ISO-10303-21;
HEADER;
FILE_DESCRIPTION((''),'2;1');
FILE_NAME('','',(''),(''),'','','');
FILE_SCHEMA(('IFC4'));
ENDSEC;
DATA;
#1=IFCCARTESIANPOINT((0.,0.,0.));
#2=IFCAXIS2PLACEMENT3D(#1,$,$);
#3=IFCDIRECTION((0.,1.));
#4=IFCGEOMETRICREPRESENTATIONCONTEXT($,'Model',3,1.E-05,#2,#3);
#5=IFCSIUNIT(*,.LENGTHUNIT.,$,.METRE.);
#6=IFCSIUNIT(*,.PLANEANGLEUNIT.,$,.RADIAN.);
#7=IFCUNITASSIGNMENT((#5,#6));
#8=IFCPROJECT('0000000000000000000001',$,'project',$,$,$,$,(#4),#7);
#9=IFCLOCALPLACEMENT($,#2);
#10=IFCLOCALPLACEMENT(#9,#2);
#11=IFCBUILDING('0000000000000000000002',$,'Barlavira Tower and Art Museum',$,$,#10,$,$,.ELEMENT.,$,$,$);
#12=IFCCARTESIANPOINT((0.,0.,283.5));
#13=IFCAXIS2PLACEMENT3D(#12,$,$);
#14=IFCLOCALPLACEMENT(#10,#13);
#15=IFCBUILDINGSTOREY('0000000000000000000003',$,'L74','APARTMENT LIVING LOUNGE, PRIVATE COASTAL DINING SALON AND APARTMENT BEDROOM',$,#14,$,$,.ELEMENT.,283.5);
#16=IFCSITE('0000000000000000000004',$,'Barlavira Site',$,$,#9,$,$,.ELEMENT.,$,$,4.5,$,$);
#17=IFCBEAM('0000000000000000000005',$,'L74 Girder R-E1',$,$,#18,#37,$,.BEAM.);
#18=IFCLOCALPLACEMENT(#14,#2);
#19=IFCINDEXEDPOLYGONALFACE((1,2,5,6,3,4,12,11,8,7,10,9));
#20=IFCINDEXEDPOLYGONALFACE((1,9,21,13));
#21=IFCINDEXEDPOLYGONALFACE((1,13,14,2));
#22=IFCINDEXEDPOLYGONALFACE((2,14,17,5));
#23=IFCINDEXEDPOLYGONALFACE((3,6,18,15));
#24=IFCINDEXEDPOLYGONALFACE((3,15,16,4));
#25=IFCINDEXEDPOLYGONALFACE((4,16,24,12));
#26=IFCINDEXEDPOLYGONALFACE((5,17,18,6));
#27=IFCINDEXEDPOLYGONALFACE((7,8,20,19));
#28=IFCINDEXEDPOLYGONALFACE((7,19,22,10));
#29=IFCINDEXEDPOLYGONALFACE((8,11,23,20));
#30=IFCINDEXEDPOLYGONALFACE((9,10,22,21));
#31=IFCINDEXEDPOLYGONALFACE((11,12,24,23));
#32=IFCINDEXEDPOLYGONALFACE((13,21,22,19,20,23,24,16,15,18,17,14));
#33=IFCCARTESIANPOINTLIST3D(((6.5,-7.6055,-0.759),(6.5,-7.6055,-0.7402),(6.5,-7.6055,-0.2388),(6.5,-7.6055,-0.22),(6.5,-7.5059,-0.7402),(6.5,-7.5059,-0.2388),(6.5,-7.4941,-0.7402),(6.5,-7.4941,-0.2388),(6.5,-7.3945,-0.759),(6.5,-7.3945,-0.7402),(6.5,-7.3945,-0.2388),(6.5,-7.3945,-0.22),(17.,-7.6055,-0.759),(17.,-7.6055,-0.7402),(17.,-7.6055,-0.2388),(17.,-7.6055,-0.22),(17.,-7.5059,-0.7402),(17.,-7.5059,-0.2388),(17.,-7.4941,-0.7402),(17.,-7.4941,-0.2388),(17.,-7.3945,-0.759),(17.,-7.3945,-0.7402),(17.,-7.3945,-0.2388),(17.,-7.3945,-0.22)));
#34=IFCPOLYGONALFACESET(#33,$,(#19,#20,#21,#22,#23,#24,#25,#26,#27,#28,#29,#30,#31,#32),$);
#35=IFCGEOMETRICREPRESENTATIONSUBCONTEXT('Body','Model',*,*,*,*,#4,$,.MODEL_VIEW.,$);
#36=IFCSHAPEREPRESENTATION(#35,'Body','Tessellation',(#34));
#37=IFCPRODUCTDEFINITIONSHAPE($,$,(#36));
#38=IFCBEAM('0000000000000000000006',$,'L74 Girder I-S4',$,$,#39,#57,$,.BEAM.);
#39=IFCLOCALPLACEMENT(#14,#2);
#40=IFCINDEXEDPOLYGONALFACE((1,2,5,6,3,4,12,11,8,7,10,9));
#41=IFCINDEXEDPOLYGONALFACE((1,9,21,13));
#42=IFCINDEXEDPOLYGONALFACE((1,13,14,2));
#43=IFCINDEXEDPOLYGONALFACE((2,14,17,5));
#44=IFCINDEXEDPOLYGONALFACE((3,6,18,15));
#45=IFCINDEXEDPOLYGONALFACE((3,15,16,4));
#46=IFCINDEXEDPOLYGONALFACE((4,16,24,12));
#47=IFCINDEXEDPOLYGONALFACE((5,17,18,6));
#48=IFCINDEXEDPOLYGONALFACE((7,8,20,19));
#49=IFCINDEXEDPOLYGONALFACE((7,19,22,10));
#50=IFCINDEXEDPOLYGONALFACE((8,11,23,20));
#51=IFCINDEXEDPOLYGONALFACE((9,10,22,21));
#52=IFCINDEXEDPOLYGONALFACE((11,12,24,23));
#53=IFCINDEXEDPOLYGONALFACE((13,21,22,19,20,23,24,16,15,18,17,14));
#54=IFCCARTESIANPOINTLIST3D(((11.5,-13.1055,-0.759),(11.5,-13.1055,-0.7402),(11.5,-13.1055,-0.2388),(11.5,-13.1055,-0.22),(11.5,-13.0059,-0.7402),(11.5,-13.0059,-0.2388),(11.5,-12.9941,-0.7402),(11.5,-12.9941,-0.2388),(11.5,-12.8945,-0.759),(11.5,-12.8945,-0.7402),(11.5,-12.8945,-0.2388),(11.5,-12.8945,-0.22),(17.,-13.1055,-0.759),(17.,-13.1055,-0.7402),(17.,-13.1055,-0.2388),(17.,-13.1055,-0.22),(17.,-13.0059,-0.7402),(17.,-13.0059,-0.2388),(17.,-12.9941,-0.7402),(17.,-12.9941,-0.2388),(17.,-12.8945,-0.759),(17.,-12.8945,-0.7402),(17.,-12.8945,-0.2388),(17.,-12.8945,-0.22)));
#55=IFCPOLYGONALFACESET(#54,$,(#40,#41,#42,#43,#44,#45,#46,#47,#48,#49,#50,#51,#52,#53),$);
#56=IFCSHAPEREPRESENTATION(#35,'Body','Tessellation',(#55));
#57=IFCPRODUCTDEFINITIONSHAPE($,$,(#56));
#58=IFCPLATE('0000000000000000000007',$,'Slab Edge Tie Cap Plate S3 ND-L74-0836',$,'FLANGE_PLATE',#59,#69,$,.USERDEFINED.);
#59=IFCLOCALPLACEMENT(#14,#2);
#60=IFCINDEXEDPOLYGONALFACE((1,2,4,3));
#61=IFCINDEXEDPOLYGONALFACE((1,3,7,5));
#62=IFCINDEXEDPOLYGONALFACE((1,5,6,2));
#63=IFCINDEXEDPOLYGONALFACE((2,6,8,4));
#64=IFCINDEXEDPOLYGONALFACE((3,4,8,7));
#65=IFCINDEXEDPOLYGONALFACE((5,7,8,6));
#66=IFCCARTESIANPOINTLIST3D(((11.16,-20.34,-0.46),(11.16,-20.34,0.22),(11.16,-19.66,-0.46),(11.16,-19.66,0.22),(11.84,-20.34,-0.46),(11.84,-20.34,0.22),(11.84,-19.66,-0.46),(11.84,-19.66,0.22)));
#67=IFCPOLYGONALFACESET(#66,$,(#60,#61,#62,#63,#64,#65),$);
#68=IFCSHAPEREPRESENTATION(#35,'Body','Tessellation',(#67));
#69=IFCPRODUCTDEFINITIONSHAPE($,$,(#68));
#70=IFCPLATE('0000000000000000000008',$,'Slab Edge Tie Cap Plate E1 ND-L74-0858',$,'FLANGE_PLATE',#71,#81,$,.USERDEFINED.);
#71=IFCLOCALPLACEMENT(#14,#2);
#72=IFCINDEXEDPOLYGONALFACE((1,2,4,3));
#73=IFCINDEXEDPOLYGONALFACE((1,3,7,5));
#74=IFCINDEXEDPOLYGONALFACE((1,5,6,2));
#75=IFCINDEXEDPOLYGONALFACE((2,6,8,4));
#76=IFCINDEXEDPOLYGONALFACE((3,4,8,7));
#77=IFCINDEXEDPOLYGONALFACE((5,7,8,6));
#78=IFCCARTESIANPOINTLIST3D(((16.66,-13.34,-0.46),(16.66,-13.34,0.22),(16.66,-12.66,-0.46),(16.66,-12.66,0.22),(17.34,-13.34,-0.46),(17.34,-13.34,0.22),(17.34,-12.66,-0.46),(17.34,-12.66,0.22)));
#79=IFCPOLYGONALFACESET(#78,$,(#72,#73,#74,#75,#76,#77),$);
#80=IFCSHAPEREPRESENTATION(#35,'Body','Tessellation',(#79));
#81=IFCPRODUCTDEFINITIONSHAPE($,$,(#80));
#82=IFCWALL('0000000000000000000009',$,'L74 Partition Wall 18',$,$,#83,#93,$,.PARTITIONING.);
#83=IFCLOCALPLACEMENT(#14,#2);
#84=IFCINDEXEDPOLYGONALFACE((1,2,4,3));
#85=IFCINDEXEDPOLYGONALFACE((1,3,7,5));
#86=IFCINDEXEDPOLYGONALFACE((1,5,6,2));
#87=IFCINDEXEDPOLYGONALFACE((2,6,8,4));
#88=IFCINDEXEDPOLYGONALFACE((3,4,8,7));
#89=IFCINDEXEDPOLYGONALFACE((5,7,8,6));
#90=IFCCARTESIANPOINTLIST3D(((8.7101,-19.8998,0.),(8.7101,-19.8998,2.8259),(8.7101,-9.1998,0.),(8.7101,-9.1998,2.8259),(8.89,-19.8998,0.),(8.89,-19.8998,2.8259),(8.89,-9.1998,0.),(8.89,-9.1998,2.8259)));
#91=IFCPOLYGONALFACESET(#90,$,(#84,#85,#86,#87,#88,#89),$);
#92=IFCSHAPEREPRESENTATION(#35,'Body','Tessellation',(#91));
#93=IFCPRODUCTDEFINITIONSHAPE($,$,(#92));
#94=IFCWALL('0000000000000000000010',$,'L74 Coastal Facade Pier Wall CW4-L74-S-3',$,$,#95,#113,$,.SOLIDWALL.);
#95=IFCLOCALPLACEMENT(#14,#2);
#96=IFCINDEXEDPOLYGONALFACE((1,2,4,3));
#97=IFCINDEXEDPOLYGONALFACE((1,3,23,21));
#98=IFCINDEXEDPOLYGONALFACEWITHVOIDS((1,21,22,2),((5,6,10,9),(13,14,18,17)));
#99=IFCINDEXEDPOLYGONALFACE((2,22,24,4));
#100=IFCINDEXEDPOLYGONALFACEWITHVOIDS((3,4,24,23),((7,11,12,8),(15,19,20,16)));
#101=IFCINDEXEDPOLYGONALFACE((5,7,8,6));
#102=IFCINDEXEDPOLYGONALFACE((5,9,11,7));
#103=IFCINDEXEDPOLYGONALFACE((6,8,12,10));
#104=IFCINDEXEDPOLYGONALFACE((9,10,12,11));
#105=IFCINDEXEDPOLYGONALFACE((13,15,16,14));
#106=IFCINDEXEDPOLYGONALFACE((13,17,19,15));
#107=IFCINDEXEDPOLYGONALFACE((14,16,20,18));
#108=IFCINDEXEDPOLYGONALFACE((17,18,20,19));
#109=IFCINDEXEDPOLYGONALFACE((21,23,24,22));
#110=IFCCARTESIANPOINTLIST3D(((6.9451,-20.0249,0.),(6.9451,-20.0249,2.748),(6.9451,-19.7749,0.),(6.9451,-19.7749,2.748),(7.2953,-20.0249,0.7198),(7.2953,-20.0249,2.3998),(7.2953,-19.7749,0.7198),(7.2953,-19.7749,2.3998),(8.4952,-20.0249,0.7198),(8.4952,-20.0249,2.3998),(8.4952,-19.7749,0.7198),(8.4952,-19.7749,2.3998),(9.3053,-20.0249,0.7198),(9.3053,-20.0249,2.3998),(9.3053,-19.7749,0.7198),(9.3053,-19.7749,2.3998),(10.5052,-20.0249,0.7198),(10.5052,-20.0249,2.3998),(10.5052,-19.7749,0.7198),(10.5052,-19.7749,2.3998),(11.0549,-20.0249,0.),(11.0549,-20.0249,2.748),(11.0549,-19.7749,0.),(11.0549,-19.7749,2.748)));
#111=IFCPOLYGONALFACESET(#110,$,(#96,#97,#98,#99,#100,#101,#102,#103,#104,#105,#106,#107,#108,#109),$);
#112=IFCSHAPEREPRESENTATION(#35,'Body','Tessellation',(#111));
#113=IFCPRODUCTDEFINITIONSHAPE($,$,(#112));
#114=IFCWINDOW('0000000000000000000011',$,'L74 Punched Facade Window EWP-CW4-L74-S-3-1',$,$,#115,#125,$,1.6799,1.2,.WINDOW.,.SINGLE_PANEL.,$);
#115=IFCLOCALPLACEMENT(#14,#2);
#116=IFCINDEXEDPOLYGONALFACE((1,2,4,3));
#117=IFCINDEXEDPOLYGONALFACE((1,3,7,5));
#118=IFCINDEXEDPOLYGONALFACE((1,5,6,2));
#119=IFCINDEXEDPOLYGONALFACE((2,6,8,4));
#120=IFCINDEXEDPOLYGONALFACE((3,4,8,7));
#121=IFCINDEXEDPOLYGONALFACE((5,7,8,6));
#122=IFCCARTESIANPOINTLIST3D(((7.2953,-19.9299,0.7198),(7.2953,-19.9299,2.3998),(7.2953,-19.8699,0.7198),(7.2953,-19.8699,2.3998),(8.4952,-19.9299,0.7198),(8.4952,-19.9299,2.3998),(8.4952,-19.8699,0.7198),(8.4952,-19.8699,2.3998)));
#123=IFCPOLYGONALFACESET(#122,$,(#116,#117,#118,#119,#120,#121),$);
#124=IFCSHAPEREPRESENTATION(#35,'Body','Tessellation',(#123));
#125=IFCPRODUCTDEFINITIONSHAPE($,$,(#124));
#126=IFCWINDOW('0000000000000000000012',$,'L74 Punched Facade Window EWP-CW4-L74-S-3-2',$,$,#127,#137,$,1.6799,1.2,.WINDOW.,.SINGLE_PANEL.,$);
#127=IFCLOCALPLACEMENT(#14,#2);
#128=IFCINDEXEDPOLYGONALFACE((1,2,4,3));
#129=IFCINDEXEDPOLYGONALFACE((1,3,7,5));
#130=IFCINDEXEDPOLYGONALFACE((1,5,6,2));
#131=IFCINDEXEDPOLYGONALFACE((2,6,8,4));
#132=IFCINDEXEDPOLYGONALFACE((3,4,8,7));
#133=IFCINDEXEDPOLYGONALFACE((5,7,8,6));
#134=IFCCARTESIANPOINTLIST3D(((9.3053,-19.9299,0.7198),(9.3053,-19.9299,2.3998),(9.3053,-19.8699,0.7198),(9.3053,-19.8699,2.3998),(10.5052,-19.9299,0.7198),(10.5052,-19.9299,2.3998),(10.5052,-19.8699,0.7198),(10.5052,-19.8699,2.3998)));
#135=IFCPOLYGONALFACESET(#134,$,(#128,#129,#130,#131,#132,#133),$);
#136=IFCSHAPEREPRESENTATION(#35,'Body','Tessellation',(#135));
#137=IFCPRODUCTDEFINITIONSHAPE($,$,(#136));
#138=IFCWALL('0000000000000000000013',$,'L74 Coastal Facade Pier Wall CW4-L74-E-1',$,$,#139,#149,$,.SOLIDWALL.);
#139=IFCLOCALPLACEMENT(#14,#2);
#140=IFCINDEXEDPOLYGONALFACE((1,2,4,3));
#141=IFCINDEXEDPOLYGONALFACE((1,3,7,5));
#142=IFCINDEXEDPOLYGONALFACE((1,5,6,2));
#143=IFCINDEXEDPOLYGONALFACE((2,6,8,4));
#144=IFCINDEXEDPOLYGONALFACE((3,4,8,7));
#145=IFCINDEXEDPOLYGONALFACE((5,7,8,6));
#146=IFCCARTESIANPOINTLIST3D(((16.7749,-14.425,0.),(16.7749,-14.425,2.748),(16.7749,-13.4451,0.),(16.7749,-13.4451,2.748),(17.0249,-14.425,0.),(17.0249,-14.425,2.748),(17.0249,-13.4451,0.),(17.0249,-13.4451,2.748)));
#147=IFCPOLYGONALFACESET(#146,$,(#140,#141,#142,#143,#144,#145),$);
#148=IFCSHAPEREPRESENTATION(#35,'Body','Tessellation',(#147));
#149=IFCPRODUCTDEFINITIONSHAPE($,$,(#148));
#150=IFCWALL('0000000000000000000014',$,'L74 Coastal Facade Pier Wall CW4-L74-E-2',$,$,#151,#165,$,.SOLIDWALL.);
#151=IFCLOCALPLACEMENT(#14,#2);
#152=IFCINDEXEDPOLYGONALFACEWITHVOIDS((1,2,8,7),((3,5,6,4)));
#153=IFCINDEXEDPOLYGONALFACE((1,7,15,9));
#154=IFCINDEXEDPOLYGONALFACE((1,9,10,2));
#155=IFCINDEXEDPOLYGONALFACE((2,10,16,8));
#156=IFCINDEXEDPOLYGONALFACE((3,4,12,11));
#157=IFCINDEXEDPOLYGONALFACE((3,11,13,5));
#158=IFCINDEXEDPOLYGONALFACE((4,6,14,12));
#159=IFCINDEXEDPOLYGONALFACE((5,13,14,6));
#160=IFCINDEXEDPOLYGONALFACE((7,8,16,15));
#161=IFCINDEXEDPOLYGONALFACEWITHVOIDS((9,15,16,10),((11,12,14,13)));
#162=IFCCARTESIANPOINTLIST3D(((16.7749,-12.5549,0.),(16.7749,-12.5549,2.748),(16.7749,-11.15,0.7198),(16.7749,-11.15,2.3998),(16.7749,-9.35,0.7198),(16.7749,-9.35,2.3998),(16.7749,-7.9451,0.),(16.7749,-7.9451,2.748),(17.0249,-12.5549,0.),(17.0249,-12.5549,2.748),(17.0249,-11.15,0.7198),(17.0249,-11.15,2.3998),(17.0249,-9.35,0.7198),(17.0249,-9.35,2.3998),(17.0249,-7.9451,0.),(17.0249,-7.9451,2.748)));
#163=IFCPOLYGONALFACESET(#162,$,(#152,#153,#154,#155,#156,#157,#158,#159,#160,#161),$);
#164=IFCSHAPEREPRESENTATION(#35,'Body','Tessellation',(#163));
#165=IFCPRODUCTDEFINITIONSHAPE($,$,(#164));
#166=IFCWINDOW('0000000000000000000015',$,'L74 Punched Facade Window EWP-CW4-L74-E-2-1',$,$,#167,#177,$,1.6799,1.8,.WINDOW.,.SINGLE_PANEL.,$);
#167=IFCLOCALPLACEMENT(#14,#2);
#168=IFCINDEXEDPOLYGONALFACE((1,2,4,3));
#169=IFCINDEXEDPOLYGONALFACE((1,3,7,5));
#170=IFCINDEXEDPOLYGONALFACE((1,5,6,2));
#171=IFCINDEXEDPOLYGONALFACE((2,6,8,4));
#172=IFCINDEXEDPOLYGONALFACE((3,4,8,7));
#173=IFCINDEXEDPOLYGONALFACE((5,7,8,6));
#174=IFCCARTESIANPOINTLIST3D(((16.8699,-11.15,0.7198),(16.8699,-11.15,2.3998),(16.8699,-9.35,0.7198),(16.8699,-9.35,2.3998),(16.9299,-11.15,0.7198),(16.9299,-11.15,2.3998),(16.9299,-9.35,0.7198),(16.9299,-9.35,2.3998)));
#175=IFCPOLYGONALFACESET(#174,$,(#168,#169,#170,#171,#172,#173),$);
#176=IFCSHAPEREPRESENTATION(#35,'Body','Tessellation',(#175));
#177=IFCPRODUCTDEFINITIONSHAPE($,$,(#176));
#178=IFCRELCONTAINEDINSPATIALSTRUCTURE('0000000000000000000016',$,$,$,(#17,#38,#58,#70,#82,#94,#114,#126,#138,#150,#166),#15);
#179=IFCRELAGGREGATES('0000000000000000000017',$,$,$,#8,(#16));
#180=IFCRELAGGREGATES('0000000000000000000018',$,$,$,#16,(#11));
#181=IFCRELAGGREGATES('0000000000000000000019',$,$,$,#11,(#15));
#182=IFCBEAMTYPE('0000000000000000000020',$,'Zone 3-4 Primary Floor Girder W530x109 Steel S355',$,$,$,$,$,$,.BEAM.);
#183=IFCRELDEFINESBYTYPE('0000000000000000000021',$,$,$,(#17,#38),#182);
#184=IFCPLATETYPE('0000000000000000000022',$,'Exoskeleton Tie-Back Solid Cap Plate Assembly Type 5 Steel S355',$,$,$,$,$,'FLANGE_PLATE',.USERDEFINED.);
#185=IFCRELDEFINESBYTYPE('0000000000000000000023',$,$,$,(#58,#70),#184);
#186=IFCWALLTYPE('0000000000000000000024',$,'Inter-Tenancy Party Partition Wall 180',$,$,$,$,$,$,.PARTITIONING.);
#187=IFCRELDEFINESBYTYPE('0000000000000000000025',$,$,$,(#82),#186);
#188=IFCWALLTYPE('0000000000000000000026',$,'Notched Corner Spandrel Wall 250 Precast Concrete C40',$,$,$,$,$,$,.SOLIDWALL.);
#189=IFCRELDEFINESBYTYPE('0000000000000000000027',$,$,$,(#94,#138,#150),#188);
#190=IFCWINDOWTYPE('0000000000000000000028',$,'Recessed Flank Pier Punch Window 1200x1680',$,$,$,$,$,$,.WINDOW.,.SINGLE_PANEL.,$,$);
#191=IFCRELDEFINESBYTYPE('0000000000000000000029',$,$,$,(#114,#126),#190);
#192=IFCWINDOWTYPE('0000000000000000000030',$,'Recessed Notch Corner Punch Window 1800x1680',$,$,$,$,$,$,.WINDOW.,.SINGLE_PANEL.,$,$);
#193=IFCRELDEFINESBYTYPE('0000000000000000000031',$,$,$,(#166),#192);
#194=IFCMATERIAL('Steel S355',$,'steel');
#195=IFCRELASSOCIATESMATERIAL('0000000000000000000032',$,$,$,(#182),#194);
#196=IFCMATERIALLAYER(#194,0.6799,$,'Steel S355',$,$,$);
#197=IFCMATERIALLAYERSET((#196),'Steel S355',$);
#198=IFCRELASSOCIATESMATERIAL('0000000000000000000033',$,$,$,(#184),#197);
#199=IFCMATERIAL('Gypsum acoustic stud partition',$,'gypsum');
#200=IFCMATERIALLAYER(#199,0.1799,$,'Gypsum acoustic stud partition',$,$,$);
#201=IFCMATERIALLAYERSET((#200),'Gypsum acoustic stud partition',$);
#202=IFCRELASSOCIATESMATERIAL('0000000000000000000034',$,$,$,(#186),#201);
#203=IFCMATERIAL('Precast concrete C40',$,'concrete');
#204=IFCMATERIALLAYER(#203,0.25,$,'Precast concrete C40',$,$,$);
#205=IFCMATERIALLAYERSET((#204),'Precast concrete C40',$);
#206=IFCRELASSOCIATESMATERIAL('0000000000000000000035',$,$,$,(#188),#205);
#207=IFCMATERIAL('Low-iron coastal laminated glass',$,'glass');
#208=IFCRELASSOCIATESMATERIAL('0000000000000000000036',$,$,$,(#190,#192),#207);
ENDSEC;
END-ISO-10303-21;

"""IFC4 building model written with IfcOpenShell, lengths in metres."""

from ifc_helpers import new_model, si_unit, direction, frame, frame_2d, origin, origin_2d, place, context, subcontext, project, spatial, rectangle, i_section, extrude, material, layer, layer_set, material_profile, profile_set, type_object, element, fill, save


model = new_model("IFC4")

# Units and contexts
model_context = context("Model", 3, precision=1e-05, world=origin(), true_north=direction((0.0, 1.0)))
body_context = subcontext(model_context, "Body", "Model", "MODEL_VIEW")
ifc_project = project(units=[si_unit("LENGTHUNIT", "METRE"), si_unit("PLANEANGLEUNIT", "RADIAN")], contexts=[model_context])

# Site, building, storey
site_placement = place(None, origin())
site = spatial("IfcSite", under=ifc_project, at=site_placement, Name="Barlavira Site", CompositionType="ELEMENT", RefElevation=4.5)
building_placement = place(site_placement, origin())
building = spatial("IfcBuilding", under=site, at=building_placement, Name="Barlavira Tower and Art Museum", CompositionType="ELEMENT")
storey_placement = place(building_placement, frame((0.0, 0.0, 283.5)))
storey = spatial("IfcBuildingStorey", under=building, at=storey_placement, Name="L74", Description="APARTMENT LIVING LOUNGE, PRIVATE COASTAL DINING SALON AND APARTMENT BEDROOM", CompositionType="ELEMENT", Elevation=283.5)

# Shared definitions
ifc_material_1 = material(Name="Steel S355", Category="steel")

# Beams
ifc_material_profile_1 = material_profile(ifc_material_1, i_section(OverallWidth=0.2109, OverallDepth=0.5391, WebThickness=0.0117, FlangeThickness=0.0188, at=origin_2d()), Name="W530x109.0")
ifc_profile_set_1 = profile_set([ifc_material_profile_1], Name="Steel S355")
beam_type_1 = type_object("IfcBeamType", Name="Zone 3-4 Primary Floor Girder W530x109 Steel S355", PredefinedType="BEAM", material=ifc_profile_set_1)
beam_1_placement = place(storey_placement, frame((6.5, -7.5, -0.4895), z_axis=(1.0, 0.0, 0.0), x_axis=(0.0, 1.0, 0.0)))
element("IfcBeam", 1, at=beam_1_placement, inside=storey, type_object=beam_type_1, Name="L74 Girder R-E1", PredefinedType="BEAM", context=body_context, shape_type="SweptSolid", body=[
    extrude(i_section(OverallWidth=0.2109, OverallDepth=0.5391, WebThickness=0.0117, FlangeThickness=0.0188, at=origin_2d()), origin(), (0.0, 0.0, 1.0), 10.5),
])
beam_2_placement = place(storey_placement, frame((11.5, -13.0, -0.4895), z_axis=(1.0, 0.0, 0.0), x_axis=(0.0, 1.0, 0.0)))
element("IfcBeam", 2, at=beam_2_placement, inside=storey, type_object=beam_type_1, Name="L74 Girder I-S4", PredefinedType="BEAM", context=body_context, shape_type="SweptSolid", body=[
    extrude(i_section(OverallWidth=0.2109, OverallDepth=0.5391, WebThickness=0.0117, FlangeThickness=0.0188, at=origin_2d()), origin(), (0.0, 0.0, 1.0), 5.5),
])

# Plates
ifc_layer_1 = layer(ifc_material_1, 0.6799, Name="Steel S355")
ifc_layer_set_1 = layer_set([ifc_layer_1], Name="Steel S355")
plate_type = type_object("IfcPlateType", Name="Exoskeleton Tie-Back Solid Cap Plate Assembly Type 5 Steel S355", ElementType="FLANGE_PLATE", PredefinedType="USERDEFINED", material=ifc_layer_set_1)
for number, where, z_axis, x_axis, name in (
    (3, (11.5, -20.0, -0.46), (0.0, 0.0, 1.0), (1.0, 0.0, 0.0), "Slab Edge Tie Cap Plate S3 ND-L74-0836"),
    (4, (17.0, -13.0, -0.46), (0.0, 0.0, 1.0), (1.0, 0.0, 0.0), "Slab Edge Tie Cap Plate E1 ND-L74-0858"),
):
    element("IfcPlate", number, at=place(storey_placement, frame(where, z_axis=z_axis, x_axis=x_axis)), inside=storey, type_object=plate_type, Name=name, ObjectType="FLANGE_PLATE", PredefinedType="USERDEFINED", context=body_context, shape_type="SweptSolid", body=[
        extrude(rectangle(XDim=0.6799, YDim=0.6799, at=origin_2d()), origin(), (0.0, 0.0, 1.0), 0.6799),
    ])

# Wall
ifc_material_2 = material(Name="Gypsum acoustic stud partition", Category="gypsum")
ifc_layer_2 = layer(ifc_material_2, 0.1799, Name="Gypsum acoustic stud partition")
ifc_layer_set_2 = layer_set([ifc_layer_2], Name="Gypsum acoustic stud partition")
wall_type_1 = type_object("IfcWallType", Name="Inter-Tenancy Party Partition Wall 180", PredefinedType="PARTITIONING", material=ifc_layer_set_2)
wall_1_placement = place(storey_placement, frame((8.8, -19.8999, 0.0), z_axis=(0.0, 0.0, 1.0), x_axis=(0.0, 1.0, 0.0)))
element("IfcWall", 5, at=wall_1_placement, inside=storey, type_object=wall_type_1, Name="L74 Partition Wall 18", PredefinedType="PARTITIONING", context=body_context, shape_type="SweptSolid", body=[
    extrude(rectangle(XDim=10.7, YDim=0.1799, at=frame_2d((5.3501, 0.0))), origin(), (0.0, 0.0, 1.0), 2.8259),
])

# Wall, openings, windows
ifc_material_3 = material(Name="Precast concrete C40", Category="concrete")
ifc_layer_3 = layer(ifc_material_3, 0.25, Name="Precast concrete C40")
ifc_layer_set_3 = layer_set([ifc_layer_3], Name="Precast concrete C40")
wall_type_2 = type_object("IfcWallType", Name="Notched Corner Spandrel Wall 250 Precast Concrete C40", PredefinedType="SOLIDWALL", material=ifc_layer_set_3)
wall_2_placement = place(storey_placement, frame((6.9451, -19.8999, 0.0), z_axis=(0.0, 0.0, 1.0), x_axis=(1.0, 0.0, 0.0)))
wall_2 = element("IfcWall", 6, at=wall_2_placement, inside=storey, type_object=wall_type_2, Name="L74 Coastal Facade Pier Wall CW4-L74-S-3", PredefinedType="SOLIDWALL", context=body_context, shape_type="SweptSolid", body=[
    extrude(rectangle(XDim=4.1099, YDim=0.25, at=frame_2d((2.0549, 0.0))), origin(), (0.0, 0.0, 1.0), 2.748),
])
opening_1_placement = place(wall_2_placement, frame((0.3501, 0.0, 0.72)))
opening_1 = element("IfcOpeningElement", 7, at=opening_1_placement, cuts=wall_2, PredefinedType="OPENING", context=body_context, shape_type="SweptSolid", body=[
    extrude(rectangle(XDim=1.2, YDim=1.6799, at=frame_2d((0.6001, 0.8398))), frame((0.0, 0.135, 0.0), z_axis=(0.0, -1.0, 0.0), x_axis=(1.0, 0.0, 0.0)), (0.0, 0.0, 1.0), 0.27),
])
opening_2_placement = place(wall_2_placement, frame((2.3601, 0.0, 0.72)))
opening_2 = element("IfcOpeningElement", 8, at=opening_2_placement, cuts=wall_2, PredefinedType="OPENING", context=body_context, shape_type="SweptSolid", body=[
    extrude(rectangle(XDim=1.2, YDim=1.6799, at=frame_2d((0.6001, 0.8398))), frame((0.0, 0.135, 0.0), z_axis=(0.0, -1.0, 0.0), x_axis=(1.0, 0.0, 0.0)), (0.0, 0.0, 1.0), 0.27),
])
ifc_material_4 = material(Name="Low-iron coastal laminated glass", Category="glass")
window_type_1 = type_object("IfcWindowType", Name="Recessed Flank Pier Punch Window 1200x1680", PartitioningType="SINGLE_PANEL", PredefinedType="WINDOW", material=ifc_material_4)
window_1_placement = place(opening_1_placement, origin())
window_1 = element("IfcWindow", 9, at=window_1_placement, inside=storey, type_object=window_type_1, Name="L74 Punched Facade Window EWP-CW4-L74-S-3-1", OverallHeight=1.6799, OverallWidth=1.2, PartitioningType="SINGLE_PANEL", PredefinedType="WINDOW", context=body_context, shape_type="SweptSolid", body=[
    extrude(rectangle(XDim=1.2, YDim=1.6799, at=frame_2d((0.6001, 0.8398))), frame((0.0, 0.03, 0.0), z_axis=(0.0, -1.0, 0.0), x_axis=(1.0, 0.0, 0.0)), (0.0, 0.0, 1.0), 0.0601),
])
fill(opening_1, window_1)
window_2_placement = place(opening_2_placement, origin())
window_2 = element("IfcWindow", 10, at=window_2_placement, inside=storey, type_object=window_type_1, Name="L74 Punched Facade Window EWP-CW4-L74-S-3-2", OverallHeight=1.6799, OverallWidth=1.2, PartitioningType="SINGLE_PANEL", PredefinedType="WINDOW", context=body_context, shape_type="SweptSolid", body=[
    extrude(rectangle(XDim=1.2, YDim=1.6799, at=frame_2d((0.6001, 0.8398))), frame((0.0, 0.03, 0.0), z_axis=(0.0, -1.0, 0.0), x_axis=(1.0, 0.0, 0.0)), (0.0, 0.0, 1.0), 0.0601),
])
fill(opening_2, window_2)

# Wall
wall_3_placement = place(storey_placement, frame((16.8999, -14.425, 0.0), z_axis=(0.0, 0.0, 1.0), x_axis=(0.0, 1.0, 0.0)))
element("IfcWall", 11, at=wall_3_placement, inside=storey, type_object=wall_type_2, Name="L74 Coastal Facade Pier Wall CW4-L74-E-1", PredefinedType="SOLIDWALL", context=body_context, shape_type="SweptSolid", body=[
    extrude(rectangle(XDim=0.98, YDim=0.25, at=frame_2d((0.49, 0.0))), origin(), (0.0, 0.0, 1.0), 2.748),
])

# Wall, opening, window
wall_4_placement = place(storey_placement, frame((16.8999, -12.5549, 0.0), z_axis=(0.0, 0.0, 1.0), x_axis=(0.0, 1.0, 0.0)))
wall_4 = element("IfcWall", 12, at=wall_4_placement, inside=storey, type_object=wall_type_2, Name="L74 Coastal Facade Pier Wall CW4-L74-E-2", PredefinedType="SOLIDWALL", context=body_context, shape_type="SweptSolid", body=[
    extrude(rectangle(XDim=4.6099, YDim=0.25, at=frame_2d((2.3049, 0.0))), origin(), (0.0, 0.0, 1.0), 2.748),
])
opening_3_placement = place(wall_4_placement, frame((1.405, 0.0, 0.72)))
opening_3 = element("IfcOpeningElement", 13, at=opening_3_placement, cuts=wall_4, PredefinedType="OPENING", context=body_context, shape_type="SweptSolid", body=[
    extrude(rectangle(XDim=1.8, YDim=1.6799, at=frame_2d((0.8999, 0.8398))), frame((0.0, 0.135, 0.0), z_axis=(0.0, -1.0, 0.0), x_axis=(1.0, 0.0, 0.0)), (0.0, 0.0, 1.0), 0.27),
])
window_type_2 = type_object("IfcWindowType", Name="Recessed Notch Corner Punch Window 1800x1680", PartitioningType="SINGLE_PANEL", PredefinedType="WINDOW", material=ifc_material_4)
window_3_placement = place(opening_3_placement, origin())
window_3 = element("IfcWindow", 14, at=window_3_placement, inside=storey, type_object=window_type_2, Name="L74 Punched Facade Window EWP-CW4-L74-E-2-1", OverallHeight=1.6799, OverallWidth=1.8, PartitioningType="SINGLE_PANEL", PredefinedType="WINDOW", context=body_context, shape_type="SweptSolid", body=[
    extrude(rectangle(XDim=1.8, YDim=1.6799, at=frame_2d((0.8999, 0.8398))), frame((0.0, 0.03, 0.0), z_axis=(0.0, -1.0, 0.0), x_axis=(1.0, 0.0, 0.0)), (0.0, 0.0, 1.0), 0.0601),
])
fill(opening_3, window_3)

save(model, "model.ifc")
